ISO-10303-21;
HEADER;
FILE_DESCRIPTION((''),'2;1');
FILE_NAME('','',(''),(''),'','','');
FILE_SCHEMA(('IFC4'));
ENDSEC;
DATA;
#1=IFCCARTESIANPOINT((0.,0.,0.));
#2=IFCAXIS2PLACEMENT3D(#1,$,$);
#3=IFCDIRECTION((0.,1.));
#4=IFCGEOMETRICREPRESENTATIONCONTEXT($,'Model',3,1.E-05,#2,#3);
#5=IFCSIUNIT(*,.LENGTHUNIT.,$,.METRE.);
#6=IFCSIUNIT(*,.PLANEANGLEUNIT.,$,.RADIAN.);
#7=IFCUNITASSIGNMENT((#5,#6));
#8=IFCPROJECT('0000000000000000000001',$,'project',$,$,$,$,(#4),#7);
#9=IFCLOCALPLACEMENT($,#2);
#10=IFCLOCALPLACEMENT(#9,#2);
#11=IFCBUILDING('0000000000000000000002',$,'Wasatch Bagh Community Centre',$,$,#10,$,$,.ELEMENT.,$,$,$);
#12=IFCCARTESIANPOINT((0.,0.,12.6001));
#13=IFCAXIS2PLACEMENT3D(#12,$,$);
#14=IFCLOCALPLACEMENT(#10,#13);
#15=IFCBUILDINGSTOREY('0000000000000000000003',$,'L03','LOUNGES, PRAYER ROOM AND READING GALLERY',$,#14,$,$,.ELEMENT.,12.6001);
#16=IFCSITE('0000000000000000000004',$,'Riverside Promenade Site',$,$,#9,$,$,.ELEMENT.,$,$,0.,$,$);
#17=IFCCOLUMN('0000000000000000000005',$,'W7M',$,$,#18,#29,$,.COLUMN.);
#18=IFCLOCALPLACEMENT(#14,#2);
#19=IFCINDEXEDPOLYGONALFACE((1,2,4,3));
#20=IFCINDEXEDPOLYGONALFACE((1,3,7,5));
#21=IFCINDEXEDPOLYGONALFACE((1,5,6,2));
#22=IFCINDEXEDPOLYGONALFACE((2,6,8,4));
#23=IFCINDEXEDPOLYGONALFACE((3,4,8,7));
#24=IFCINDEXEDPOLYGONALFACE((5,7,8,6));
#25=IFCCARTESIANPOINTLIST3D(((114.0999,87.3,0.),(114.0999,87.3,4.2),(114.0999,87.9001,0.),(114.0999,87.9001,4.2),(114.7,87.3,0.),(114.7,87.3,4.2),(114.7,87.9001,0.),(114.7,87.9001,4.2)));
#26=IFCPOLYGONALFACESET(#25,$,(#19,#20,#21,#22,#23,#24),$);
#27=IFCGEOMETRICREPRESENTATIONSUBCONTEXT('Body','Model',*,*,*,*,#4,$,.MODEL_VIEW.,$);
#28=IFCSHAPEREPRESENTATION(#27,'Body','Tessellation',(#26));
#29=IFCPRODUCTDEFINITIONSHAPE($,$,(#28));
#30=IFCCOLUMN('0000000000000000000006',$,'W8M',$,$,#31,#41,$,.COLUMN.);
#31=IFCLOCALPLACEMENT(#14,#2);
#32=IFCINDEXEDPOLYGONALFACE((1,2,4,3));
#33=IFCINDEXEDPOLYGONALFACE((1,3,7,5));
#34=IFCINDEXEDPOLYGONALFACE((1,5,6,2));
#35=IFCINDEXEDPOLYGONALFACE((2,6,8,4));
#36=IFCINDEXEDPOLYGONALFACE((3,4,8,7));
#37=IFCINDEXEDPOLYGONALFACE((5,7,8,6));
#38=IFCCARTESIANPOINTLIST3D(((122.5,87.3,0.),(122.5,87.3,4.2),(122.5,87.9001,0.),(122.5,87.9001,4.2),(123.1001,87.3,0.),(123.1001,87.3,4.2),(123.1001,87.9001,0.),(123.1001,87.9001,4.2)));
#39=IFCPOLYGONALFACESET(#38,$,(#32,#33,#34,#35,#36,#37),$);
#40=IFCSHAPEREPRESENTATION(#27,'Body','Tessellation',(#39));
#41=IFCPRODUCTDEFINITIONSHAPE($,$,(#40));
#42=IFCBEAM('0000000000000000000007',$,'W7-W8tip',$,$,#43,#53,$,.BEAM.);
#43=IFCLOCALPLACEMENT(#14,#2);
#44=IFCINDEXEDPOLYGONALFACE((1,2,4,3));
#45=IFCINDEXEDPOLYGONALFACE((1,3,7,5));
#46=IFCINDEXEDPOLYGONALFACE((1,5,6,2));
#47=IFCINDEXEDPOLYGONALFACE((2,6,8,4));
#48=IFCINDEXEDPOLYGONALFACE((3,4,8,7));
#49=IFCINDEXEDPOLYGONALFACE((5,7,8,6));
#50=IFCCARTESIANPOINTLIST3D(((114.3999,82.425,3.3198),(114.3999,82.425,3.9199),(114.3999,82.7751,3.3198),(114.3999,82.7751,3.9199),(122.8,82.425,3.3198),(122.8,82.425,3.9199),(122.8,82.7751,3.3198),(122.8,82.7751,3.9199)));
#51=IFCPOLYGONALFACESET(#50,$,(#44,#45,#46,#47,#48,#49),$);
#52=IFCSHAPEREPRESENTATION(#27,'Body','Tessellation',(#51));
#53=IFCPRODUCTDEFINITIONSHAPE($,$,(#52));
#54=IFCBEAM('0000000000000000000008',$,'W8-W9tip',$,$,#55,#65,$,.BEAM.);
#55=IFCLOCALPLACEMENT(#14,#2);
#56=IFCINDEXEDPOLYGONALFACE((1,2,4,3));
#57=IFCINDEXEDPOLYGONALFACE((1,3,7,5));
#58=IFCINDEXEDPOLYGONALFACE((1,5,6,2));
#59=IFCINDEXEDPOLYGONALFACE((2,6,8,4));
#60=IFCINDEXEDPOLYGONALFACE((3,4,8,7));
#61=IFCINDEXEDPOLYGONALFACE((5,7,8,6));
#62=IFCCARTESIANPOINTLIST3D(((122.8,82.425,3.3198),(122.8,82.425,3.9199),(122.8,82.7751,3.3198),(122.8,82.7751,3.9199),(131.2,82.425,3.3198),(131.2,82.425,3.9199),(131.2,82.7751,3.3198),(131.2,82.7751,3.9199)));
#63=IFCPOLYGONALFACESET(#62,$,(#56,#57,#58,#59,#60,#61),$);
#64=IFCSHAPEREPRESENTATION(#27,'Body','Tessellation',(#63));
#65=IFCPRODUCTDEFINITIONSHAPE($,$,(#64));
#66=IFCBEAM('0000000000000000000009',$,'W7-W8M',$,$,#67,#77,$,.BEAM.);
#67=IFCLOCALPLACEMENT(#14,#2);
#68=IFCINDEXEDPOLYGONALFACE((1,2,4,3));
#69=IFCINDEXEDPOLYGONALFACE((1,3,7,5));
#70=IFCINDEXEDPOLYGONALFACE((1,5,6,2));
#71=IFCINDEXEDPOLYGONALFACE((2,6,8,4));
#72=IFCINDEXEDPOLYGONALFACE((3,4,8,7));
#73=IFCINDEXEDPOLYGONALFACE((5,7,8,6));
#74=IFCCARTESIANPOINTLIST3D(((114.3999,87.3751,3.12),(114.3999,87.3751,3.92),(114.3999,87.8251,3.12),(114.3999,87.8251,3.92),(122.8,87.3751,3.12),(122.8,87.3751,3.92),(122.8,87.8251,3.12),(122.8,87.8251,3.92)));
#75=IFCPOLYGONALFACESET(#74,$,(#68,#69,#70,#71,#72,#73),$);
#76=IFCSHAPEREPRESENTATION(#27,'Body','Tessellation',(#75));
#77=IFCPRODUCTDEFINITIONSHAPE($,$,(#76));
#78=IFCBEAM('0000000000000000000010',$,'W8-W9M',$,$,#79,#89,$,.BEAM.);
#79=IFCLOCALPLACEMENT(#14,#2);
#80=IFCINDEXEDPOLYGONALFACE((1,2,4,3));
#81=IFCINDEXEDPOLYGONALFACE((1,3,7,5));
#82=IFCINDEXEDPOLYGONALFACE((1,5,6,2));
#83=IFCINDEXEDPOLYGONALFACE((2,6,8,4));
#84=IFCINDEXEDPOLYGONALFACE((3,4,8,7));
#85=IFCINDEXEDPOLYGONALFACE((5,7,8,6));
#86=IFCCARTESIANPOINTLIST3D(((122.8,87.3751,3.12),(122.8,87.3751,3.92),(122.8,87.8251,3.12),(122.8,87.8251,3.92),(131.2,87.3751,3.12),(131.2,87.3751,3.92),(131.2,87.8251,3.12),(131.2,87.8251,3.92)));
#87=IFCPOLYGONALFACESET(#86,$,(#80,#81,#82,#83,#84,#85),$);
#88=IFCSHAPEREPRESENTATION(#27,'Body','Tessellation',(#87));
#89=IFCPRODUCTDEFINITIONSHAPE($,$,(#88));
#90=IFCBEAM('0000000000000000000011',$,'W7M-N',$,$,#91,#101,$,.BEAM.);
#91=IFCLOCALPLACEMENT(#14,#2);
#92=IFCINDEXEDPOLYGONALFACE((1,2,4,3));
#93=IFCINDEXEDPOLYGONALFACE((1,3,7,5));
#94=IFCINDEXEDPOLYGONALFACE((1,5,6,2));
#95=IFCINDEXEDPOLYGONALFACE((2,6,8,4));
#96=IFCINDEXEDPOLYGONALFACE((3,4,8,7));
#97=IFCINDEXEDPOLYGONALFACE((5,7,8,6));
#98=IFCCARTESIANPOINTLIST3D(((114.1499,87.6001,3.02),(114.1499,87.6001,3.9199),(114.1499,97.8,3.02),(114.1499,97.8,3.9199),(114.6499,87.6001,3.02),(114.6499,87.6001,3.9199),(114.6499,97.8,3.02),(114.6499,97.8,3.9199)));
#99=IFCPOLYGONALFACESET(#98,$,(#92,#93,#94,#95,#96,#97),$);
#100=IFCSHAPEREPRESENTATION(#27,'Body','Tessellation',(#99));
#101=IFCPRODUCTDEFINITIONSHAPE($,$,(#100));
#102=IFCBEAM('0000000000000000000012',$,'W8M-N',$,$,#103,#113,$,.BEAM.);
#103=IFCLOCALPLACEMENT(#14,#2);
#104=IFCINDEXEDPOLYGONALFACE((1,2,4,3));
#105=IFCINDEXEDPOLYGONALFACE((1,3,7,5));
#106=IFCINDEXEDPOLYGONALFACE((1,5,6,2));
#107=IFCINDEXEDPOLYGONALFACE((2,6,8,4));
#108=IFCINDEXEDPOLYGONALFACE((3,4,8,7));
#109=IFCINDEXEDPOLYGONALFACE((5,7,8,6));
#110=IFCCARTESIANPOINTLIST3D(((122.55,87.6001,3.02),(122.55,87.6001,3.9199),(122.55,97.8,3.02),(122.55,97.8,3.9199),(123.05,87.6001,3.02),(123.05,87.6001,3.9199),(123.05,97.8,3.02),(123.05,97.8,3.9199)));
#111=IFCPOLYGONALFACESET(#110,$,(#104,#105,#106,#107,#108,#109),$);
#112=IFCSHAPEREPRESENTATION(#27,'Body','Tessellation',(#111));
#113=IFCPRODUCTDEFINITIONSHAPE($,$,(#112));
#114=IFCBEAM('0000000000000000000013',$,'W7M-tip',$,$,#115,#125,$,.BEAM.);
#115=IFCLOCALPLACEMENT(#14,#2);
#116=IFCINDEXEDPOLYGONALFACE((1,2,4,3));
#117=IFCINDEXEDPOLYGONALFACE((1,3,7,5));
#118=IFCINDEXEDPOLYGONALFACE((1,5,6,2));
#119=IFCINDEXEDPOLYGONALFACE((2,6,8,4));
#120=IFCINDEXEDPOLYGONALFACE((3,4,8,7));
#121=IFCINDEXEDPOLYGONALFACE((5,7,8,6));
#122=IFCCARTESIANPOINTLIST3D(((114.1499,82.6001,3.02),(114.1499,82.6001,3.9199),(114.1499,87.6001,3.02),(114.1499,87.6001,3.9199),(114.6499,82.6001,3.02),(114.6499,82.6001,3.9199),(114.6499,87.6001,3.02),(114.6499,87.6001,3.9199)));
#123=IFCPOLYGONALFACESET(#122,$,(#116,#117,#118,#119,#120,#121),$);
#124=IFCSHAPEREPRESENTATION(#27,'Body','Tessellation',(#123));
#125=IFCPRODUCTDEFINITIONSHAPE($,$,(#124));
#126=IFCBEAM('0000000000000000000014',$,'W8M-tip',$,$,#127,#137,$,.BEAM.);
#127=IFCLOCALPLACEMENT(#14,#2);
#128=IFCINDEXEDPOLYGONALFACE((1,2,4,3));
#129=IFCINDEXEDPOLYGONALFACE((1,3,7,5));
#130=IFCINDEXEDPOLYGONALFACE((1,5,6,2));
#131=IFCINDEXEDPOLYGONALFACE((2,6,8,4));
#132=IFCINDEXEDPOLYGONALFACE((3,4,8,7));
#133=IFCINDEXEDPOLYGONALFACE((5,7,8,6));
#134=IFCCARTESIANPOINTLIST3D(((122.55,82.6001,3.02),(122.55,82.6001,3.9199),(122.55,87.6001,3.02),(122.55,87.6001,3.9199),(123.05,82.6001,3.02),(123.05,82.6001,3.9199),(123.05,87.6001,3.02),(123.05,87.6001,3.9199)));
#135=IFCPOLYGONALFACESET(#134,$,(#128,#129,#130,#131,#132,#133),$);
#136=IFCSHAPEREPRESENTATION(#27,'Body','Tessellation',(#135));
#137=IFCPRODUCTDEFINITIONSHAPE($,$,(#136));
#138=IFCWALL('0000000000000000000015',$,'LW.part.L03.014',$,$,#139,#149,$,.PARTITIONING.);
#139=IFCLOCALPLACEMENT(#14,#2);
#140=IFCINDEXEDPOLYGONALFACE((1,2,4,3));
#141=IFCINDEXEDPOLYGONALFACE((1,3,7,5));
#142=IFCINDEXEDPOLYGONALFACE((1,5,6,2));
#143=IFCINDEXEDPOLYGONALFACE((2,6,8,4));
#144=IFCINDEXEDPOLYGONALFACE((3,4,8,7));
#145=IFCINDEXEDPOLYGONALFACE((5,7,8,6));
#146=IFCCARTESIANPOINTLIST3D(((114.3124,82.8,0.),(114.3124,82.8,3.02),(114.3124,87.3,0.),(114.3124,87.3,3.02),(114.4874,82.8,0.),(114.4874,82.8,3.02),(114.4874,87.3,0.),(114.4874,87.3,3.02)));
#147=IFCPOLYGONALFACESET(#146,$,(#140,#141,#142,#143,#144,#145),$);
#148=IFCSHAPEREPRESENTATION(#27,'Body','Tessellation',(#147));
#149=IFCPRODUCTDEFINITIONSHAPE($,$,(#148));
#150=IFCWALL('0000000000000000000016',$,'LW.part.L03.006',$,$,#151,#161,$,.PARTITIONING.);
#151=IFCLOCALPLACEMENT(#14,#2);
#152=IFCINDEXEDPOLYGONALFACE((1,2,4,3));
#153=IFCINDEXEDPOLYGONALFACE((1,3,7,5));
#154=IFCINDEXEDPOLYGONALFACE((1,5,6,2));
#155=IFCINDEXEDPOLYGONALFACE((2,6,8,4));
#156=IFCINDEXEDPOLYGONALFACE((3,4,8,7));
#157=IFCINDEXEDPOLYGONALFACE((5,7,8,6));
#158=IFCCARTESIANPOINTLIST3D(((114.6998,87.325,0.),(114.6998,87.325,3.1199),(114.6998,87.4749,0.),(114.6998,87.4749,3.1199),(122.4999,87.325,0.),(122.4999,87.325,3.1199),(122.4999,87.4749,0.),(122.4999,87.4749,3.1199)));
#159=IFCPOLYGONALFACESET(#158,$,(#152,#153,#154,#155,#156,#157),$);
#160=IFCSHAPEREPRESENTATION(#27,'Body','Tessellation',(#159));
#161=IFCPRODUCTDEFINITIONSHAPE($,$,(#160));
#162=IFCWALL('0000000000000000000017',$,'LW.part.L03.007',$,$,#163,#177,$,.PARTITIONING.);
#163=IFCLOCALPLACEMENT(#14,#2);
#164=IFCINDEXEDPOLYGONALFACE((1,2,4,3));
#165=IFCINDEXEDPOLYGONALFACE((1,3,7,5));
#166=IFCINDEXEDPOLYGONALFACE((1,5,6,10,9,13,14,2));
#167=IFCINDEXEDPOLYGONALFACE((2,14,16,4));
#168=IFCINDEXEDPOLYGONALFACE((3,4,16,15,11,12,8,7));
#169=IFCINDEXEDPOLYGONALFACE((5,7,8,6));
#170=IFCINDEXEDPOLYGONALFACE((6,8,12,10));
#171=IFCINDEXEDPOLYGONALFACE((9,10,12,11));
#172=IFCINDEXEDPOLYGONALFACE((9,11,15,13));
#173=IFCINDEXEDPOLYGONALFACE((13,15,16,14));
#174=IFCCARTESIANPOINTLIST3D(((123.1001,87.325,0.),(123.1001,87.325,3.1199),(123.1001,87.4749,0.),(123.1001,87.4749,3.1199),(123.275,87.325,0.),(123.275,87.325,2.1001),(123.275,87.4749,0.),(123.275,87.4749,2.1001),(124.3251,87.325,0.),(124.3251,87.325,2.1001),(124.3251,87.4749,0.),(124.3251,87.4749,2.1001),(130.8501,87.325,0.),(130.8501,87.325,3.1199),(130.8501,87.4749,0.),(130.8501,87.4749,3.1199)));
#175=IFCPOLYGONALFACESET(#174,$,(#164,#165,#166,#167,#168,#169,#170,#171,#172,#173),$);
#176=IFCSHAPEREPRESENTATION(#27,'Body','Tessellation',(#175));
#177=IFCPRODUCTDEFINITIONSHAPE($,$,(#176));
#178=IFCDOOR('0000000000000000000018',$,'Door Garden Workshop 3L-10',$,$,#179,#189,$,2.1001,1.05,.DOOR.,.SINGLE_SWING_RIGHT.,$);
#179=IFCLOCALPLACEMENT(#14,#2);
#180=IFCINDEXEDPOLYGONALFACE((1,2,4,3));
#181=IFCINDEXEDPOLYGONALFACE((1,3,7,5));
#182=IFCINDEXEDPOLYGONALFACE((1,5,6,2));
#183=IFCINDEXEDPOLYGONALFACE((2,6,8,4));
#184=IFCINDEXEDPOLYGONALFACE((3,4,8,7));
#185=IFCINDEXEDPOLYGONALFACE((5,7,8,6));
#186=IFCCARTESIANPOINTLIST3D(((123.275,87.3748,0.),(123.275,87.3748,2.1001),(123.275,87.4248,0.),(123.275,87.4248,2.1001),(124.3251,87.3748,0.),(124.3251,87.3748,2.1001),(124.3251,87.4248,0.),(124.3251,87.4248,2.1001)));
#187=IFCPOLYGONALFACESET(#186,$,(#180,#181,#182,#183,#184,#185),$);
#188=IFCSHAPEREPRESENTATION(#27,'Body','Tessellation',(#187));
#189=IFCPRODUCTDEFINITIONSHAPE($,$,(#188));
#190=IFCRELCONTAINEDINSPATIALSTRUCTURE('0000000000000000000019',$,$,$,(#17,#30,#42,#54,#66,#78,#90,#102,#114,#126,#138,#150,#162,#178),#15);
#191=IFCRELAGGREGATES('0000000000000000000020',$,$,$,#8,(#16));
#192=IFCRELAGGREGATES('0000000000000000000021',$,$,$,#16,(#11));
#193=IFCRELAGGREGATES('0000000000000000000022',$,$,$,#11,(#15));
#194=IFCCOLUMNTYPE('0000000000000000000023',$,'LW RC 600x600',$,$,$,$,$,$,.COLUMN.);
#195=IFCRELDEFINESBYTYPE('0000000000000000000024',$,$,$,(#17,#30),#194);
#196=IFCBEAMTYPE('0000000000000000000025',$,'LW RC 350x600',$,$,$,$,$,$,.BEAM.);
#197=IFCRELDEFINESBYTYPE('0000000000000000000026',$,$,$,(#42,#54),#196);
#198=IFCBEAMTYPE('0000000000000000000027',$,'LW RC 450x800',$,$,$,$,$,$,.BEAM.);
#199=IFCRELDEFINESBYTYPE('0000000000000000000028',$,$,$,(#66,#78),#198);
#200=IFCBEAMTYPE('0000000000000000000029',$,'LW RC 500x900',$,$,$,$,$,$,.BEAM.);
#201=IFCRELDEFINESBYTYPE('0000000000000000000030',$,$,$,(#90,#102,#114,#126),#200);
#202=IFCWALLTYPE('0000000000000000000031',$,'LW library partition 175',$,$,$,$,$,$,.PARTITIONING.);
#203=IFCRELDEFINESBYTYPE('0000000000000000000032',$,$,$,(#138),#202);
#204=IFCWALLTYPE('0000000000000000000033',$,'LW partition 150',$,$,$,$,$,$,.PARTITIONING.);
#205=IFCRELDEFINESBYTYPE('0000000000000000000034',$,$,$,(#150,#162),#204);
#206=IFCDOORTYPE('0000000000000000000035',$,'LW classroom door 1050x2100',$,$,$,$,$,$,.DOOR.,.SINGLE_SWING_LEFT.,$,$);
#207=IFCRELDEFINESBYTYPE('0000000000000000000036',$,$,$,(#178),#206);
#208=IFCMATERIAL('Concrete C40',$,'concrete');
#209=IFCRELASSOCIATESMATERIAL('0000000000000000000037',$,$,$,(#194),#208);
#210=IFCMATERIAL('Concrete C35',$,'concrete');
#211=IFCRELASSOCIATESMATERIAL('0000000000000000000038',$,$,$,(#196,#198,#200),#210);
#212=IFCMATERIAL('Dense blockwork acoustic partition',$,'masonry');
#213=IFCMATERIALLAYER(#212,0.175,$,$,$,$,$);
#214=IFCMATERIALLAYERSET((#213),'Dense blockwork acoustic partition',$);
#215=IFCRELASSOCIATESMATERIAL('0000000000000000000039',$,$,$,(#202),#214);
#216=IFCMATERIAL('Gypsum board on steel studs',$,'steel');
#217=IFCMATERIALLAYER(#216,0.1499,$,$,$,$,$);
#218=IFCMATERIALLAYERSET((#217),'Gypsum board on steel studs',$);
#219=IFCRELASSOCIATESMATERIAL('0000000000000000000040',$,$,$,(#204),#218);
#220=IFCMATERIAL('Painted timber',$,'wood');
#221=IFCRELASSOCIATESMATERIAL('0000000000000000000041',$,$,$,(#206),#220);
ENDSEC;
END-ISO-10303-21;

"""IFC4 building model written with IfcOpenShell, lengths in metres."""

from ifc_helpers import new_model, si_unit, direction, frame, frame_2d, origin, origin_2d, place, context, subcontext, project, spatial, rectangle, extrude, material, layer, layer_set, material_profile, profile_set, type_object, element, fill, save


model = new_model("IFC4")

# Units and contexts
model_context = context("Model", 3, precision=1e-05, world=origin(), true_north=direction((0.0, 1.0)))
body_context = subcontext(model_context, "Body", "Model", "MODEL_VIEW")
ifc_project = project(units=[si_unit("LENGTHUNIT", "METRE"), si_unit("PLANEANGLEUNIT", "RADIAN")], contexts=[model_context])

# Site, building, storey
site_placement = place(None, origin())
site = spatial("IfcSite", under=ifc_project, at=site_placement, Name="Riverside Promenade Site", CompositionType="ELEMENT", RefElevation=0.0)
building_placement = place(site_placement, origin())
building = spatial("IfcBuilding", under=site, at=building_placement, Name="Wasatch Bagh Community Centre", CompositionType="ELEMENT")
storey_placement = place(building_placement, frame((0.0, 0.0, 12.6001)))
storey = spatial("IfcBuildingStorey", under=building, at=storey_placement, Name="L03", Description="LOUNGES, PRAYER ROOM AND READING GALLERY", CompositionType="ELEMENT", Elevation=12.6001)

# Columns
ifc_material_1 = material(Name="Concrete C40", Category="concrete")
ifc_material_profile_1 = material_profile(ifc_material_1, rectangle(XDim=0.6001, YDim=0.6001, at=origin_2d()), Name="RC 600x600")
ifc_profile_set_1 = profile_set([ifc_material_profile_1], Name="Concrete C40")
column_type = type_object("IfcColumnType", Name="LW RC 600x600", PredefinedType="COLUMN", material=ifc_profile_set_1)
for number, where, z_axis, x_axis, name in (
    (1, (114.3999, 87.6001, 0.0), (0.0, 0.0, 1.0), (1.0, 0.0, 0.0), "W7M"),
    (2, (122.8, 87.6001, 0.0), (0.0, 0.0, 1.0), (1.0, 0.0, 0.0), "W8M"),
):
    element("IfcColumn", number, at=place(storey_placement, frame(where, z_axis=z_axis, x_axis=x_axis)), inside=storey, type_object=column_type, Name=name, PredefinedType="COLUMN", context=body_context, shape_type="SweptSolid", body=[
        extrude(rectangle(XDim=0.6001, YDim=0.6001, at=origin_2d()), origin(), (0.0, 0.0, 1.0), 4.2),
    ])

# Beams
ifc_material_2 = material(Name="Concrete C35", Category="concrete")
ifc_material_profile_2 = material_profile(ifc_material_2, rectangle(XDim=0.3501, YDim=0.6001, at=origin_2d()), Name="RC 350x600")
ifc_profile_set_2 = profile_set([ifc_material_profile_2], Name="Concrete C35")
beam_type_1 = type_object("IfcBeamType", Name="LW RC 350x600", PredefinedType="BEAM", material=ifc_profile_set_2)
beam_1_placement = place(storey_placement, frame((114.3999, 82.6001, 3.6199), z_axis=(1.0, 0.0, 0.0), x_axis=(0.0, 1.0, 0.0)))
element("IfcBeam", 3, at=beam_1_placement, inside=storey, type_object=beam_type_1, Name="W7-W8tip", PredefinedType="BEAM", context=body_context, shape_type="SweptSolid", body=[
    extrude(rectangle(XDim=0.3501, YDim=0.6001, at=origin_2d()), origin(), (0.0, 0.0, 1.0), 8.4001),
])
beam_2_placement = place(storey_placement, frame((122.8, 82.6001, 3.6199), z_axis=(1.0, 0.0, 0.0), x_axis=(0.0, 1.0, 0.0)))
element("IfcBeam", 4, at=beam_2_placement, inside=storey, type_object=beam_type_1, Name="W8-W9tip", PredefinedType="BEAM", context=body_context, shape_type="SweptSolid", body=[
    extrude(rectangle(XDim=0.3501, YDim=0.6001, at=origin_2d()), origin(), (0.0, 0.0, 1.0), 8.3999),
])
ifc_material_profile_3 = material_profile(ifc_material_2, rectangle(XDim=0.45, YDim=0.8, at=origin_2d()), Name="RC 450x800")
ifc_profile_set_3 = profile_set([ifc_material_profile_3], Name="Concrete C35")
beam_type_2 = type_object("IfcBeamType", Name="LW RC 450x800", PredefinedType="BEAM", material=ifc_profile_set_3)
beam_3_placement = place(storey_placement, frame((114.3999, 87.6001, 3.52), z_axis=(1.0, 0.0, 0.0), x_axis=(0.0, 1.0, 0.0)))
element("IfcBeam", 5, at=beam_3_placement, inside=storey, type_object=beam_type_2, Name="W7-W8M", PredefinedType="BEAM", context=body_context, shape_type="SweptSolid", body=[
    extrude(rectangle(XDim=0.45, YDim=0.8, at=origin_2d()), origin(), (0.0, 0.0, 1.0), 8.4001),
])
beam_4_placement = place(storey_placement, frame((122.8, 87.6001, 3.52), z_axis=(1.0, 0.0, 0.0), x_axis=(0.0, 1.0, 0.0)))
element("IfcBeam", 6, at=beam_4_placement, inside=storey, type_object=beam_type_2, Name="W8-W9M", PredefinedType="BEAM", context=body_context, shape_type="SweptSolid", body=[
    extrude(rectangle(XDim=0.45, YDim=0.8, at=origin_2d()), origin(), (0.0, 0.0, 1.0), 8.3999),
])
ifc_material_profile_4 = material_profile(ifc_material_2, rectangle(XDim=0.5, YDim=0.8999, at=origin_2d()), Name="RC 500x900")
ifc_profile_set_4 = profile_set([ifc_material_profile_4], Name="Concrete C35")
beam_type_3 = type_object("IfcBeamType", Name="LW RC 500x900", PredefinedType="BEAM", material=ifc_profile_set_4)
for number, where, z_axis, x_axis, name in (
    (7, (114.3999, 87.6001, 3.47), (0.0, 1.0, 0.0), (-1.0, 0.0, 0.0), "W7M-N"),
    (8, (122.8, 87.6001, 3.47), (0.0, 1.0, 0.0), (-1.0, 0.0, 0.0), "W8M-N"),
):
    element("IfcBeam", number, at=place(storey_placement, frame(where, z_axis=z_axis, x_axis=x_axis)), inside=storey, type_object=beam_type_3, Name=name, PredefinedType="BEAM", context=body_context, shape_type="SweptSolid", body=[
        extrude(rectangle(XDim=0.5, YDim=0.8999, at=origin_2d()), origin(), (0.0, 0.0, 1.0), 10.2),
    ])
for number, where, z_axis, x_axis, name in (
    (9, (114.3999, 87.6001, 3.47), (0.0, -1.0, 0.0), (1.0, 0.0, 0.0), "W7M-tip"),
    (10, (122.8, 87.6001, 3.47), (0.0, -1.0, 0.0), (1.0, 0.0, 0.0), "W8M-tip"),
):
    element("IfcBeam", number, at=place(storey_placement, frame(where, z_axis=z_axis, x_axis=x_axis)), inside=storey, type_object=beam_type_3, Name=name, PredefinedType="BEAM", context=body_context, shape_type="SweptSolid", body=[
        extrude(rectangle(XDim=0.5, YDim=0.8999, at=origin_2d()), origin(), (0.0, 0.0, 1.0), 5.0),
    ])

# Walls
ifc_material_3 = material(Name="Dense blockwork acoustic partition", Category="masonry")
ifc_layer_1 = layer(ifc_material_3, 0.175)
ifc_layer_set_1 = layer_set([ifc_layer_1], Name="Dense blockwork acoustic partition")
wall_type_1 = type_object("IfcWallType", Name="LW library partition 175", PredefinedType="PARTITIONING", material=ifc_layer_set_1)
wall_1_placement = place(storey_placement, frame((114.3999, 82.8, 0.0), z_axis=(0.0, 0.0, 1.0), x_axis=(0.0, 1.0, 0.0)))
element("IfcWall", 11, at=wall_1_placement, inside=storey, type_object=wall_type_1, Name="LW.part.L03.014", PredefinedType="PARTITIONING", context=body_context, shape_type="SweptSolid", body=[
    extrude(rectangle(XDim=4.5, YDim=0.175, at=frame_2d((2.25, 0.0))), origin(), (0.0, 0.0, 1.0), 3.02),
])
ifc_material_4 = material(Name="Gypsum board on steel studs", Category="steel")
ifc_layer_2 = layer(ifc_material_4, 0.1499)
ifc_layer_set_2 = layer_set([ifc_layer_2], Name="Gypsum board on steel studs")
wall_type_2 = type_object("IfcWallType", Name="LW partition 150", PredefinedType="PARTITIONING", material=ifc_layer_set_2)
wall_2_placement = place(storey_placement, frame((114.7, 87.3999, 0.0), z_axis=(0.0, 0.0, 1.0), x_axis=(1.0, 0.0, 0.0)))
element("IfcWall", 12, at=wall_2_placement, inside=storey, type_object=wall_type_2, Name="LW.part.L03.006", PredefinedType="PARTITIONING", context=body_context, shape_type="SweptSolid", body=[
    extrude(rectangle(XDim=7.8, YDim=0.1499, at=frame_2d((3.8999, 0.0))), origin(), (0.0, 0.0, 1.0), 3.1199),
])

# Wall, opening, door
wall_3_placement = place(storey_placement, frame((123.1001, 87.3999, 0.0), z_axis=(0.0, 0.0, 1.0), x_axis=(1.0, 0.0, 0.0)))
wall_3 = element("IfcWall", 13, at=wall_3_placement, inside=storey, type_object=wall_type_2, Name="LW.part.L03.007", PredefinedType="PARTITIONING", context=body_context, shape_type="SweptSolid", body=[
    extrude(rectangle(XDim=7.75, YDim=0.1499, at=frame_2d((3.875, 0.0))), origin(), (0.0, 0.0, 1.0), 3.1199),
])
opening_1_placement = place(wall_3_placement, frame((0.175, 0.0, 0.0)))
opening_1 = element("IfcOpeningElement", 14, at=opening_1_placement, cuts=wall_3, PredefinedType="OPENING", context=body_context, shape_type="SweptSolid", body=[
    extrude(rectangle(XDim=1.05, YDim=2.1001, at=frame_2d((0.5249, 1.05))), frame((0.0, 0.085, 0.0), z_axis=(0.0, -1.0, 0.0), x_axis=(1.0, 0.0, 0.0)), (0.0, 0.0, 1.0), 0.1699),
])
ifc_material_5 = material(Name="Painted timber", Category="wood")
door_type_1 = type_object("IfcDoorType", Name="LW classroom door 1050x2100", OperationType="SINGLE_SWING_LEFT", PredefinedType="DOOR", material=ifc_material_5)
door_1_placement = place(opening_1_placement, origin())
door_1 = element("IfcDoor", 15, at=door_1_placement, inside=storey, type_object=door_type_1, Name="Door Garden Workshop 3L-10", OperationType="SINGLE_SWING_RIGHT", OverallHeight=2.1001, OverallWidth=1.05, PredefinedType="DOOR", context=body_context, shape_type="SweptSolid", body=[
    extrude(rectangle(XDim=1.05, YDim=2.1001, at=frame_2d((0.5249, 1.05))), frame((0.0, 0.0249, 0.0), z_axis=(0.0, -1.0, 0.0), x_axis=(1.0, 0.0, 0.0)), (0.0, 0.0, 1.0), 0.05),
])
fill(opening_1, door_1)

save(model, "model.ifc")
